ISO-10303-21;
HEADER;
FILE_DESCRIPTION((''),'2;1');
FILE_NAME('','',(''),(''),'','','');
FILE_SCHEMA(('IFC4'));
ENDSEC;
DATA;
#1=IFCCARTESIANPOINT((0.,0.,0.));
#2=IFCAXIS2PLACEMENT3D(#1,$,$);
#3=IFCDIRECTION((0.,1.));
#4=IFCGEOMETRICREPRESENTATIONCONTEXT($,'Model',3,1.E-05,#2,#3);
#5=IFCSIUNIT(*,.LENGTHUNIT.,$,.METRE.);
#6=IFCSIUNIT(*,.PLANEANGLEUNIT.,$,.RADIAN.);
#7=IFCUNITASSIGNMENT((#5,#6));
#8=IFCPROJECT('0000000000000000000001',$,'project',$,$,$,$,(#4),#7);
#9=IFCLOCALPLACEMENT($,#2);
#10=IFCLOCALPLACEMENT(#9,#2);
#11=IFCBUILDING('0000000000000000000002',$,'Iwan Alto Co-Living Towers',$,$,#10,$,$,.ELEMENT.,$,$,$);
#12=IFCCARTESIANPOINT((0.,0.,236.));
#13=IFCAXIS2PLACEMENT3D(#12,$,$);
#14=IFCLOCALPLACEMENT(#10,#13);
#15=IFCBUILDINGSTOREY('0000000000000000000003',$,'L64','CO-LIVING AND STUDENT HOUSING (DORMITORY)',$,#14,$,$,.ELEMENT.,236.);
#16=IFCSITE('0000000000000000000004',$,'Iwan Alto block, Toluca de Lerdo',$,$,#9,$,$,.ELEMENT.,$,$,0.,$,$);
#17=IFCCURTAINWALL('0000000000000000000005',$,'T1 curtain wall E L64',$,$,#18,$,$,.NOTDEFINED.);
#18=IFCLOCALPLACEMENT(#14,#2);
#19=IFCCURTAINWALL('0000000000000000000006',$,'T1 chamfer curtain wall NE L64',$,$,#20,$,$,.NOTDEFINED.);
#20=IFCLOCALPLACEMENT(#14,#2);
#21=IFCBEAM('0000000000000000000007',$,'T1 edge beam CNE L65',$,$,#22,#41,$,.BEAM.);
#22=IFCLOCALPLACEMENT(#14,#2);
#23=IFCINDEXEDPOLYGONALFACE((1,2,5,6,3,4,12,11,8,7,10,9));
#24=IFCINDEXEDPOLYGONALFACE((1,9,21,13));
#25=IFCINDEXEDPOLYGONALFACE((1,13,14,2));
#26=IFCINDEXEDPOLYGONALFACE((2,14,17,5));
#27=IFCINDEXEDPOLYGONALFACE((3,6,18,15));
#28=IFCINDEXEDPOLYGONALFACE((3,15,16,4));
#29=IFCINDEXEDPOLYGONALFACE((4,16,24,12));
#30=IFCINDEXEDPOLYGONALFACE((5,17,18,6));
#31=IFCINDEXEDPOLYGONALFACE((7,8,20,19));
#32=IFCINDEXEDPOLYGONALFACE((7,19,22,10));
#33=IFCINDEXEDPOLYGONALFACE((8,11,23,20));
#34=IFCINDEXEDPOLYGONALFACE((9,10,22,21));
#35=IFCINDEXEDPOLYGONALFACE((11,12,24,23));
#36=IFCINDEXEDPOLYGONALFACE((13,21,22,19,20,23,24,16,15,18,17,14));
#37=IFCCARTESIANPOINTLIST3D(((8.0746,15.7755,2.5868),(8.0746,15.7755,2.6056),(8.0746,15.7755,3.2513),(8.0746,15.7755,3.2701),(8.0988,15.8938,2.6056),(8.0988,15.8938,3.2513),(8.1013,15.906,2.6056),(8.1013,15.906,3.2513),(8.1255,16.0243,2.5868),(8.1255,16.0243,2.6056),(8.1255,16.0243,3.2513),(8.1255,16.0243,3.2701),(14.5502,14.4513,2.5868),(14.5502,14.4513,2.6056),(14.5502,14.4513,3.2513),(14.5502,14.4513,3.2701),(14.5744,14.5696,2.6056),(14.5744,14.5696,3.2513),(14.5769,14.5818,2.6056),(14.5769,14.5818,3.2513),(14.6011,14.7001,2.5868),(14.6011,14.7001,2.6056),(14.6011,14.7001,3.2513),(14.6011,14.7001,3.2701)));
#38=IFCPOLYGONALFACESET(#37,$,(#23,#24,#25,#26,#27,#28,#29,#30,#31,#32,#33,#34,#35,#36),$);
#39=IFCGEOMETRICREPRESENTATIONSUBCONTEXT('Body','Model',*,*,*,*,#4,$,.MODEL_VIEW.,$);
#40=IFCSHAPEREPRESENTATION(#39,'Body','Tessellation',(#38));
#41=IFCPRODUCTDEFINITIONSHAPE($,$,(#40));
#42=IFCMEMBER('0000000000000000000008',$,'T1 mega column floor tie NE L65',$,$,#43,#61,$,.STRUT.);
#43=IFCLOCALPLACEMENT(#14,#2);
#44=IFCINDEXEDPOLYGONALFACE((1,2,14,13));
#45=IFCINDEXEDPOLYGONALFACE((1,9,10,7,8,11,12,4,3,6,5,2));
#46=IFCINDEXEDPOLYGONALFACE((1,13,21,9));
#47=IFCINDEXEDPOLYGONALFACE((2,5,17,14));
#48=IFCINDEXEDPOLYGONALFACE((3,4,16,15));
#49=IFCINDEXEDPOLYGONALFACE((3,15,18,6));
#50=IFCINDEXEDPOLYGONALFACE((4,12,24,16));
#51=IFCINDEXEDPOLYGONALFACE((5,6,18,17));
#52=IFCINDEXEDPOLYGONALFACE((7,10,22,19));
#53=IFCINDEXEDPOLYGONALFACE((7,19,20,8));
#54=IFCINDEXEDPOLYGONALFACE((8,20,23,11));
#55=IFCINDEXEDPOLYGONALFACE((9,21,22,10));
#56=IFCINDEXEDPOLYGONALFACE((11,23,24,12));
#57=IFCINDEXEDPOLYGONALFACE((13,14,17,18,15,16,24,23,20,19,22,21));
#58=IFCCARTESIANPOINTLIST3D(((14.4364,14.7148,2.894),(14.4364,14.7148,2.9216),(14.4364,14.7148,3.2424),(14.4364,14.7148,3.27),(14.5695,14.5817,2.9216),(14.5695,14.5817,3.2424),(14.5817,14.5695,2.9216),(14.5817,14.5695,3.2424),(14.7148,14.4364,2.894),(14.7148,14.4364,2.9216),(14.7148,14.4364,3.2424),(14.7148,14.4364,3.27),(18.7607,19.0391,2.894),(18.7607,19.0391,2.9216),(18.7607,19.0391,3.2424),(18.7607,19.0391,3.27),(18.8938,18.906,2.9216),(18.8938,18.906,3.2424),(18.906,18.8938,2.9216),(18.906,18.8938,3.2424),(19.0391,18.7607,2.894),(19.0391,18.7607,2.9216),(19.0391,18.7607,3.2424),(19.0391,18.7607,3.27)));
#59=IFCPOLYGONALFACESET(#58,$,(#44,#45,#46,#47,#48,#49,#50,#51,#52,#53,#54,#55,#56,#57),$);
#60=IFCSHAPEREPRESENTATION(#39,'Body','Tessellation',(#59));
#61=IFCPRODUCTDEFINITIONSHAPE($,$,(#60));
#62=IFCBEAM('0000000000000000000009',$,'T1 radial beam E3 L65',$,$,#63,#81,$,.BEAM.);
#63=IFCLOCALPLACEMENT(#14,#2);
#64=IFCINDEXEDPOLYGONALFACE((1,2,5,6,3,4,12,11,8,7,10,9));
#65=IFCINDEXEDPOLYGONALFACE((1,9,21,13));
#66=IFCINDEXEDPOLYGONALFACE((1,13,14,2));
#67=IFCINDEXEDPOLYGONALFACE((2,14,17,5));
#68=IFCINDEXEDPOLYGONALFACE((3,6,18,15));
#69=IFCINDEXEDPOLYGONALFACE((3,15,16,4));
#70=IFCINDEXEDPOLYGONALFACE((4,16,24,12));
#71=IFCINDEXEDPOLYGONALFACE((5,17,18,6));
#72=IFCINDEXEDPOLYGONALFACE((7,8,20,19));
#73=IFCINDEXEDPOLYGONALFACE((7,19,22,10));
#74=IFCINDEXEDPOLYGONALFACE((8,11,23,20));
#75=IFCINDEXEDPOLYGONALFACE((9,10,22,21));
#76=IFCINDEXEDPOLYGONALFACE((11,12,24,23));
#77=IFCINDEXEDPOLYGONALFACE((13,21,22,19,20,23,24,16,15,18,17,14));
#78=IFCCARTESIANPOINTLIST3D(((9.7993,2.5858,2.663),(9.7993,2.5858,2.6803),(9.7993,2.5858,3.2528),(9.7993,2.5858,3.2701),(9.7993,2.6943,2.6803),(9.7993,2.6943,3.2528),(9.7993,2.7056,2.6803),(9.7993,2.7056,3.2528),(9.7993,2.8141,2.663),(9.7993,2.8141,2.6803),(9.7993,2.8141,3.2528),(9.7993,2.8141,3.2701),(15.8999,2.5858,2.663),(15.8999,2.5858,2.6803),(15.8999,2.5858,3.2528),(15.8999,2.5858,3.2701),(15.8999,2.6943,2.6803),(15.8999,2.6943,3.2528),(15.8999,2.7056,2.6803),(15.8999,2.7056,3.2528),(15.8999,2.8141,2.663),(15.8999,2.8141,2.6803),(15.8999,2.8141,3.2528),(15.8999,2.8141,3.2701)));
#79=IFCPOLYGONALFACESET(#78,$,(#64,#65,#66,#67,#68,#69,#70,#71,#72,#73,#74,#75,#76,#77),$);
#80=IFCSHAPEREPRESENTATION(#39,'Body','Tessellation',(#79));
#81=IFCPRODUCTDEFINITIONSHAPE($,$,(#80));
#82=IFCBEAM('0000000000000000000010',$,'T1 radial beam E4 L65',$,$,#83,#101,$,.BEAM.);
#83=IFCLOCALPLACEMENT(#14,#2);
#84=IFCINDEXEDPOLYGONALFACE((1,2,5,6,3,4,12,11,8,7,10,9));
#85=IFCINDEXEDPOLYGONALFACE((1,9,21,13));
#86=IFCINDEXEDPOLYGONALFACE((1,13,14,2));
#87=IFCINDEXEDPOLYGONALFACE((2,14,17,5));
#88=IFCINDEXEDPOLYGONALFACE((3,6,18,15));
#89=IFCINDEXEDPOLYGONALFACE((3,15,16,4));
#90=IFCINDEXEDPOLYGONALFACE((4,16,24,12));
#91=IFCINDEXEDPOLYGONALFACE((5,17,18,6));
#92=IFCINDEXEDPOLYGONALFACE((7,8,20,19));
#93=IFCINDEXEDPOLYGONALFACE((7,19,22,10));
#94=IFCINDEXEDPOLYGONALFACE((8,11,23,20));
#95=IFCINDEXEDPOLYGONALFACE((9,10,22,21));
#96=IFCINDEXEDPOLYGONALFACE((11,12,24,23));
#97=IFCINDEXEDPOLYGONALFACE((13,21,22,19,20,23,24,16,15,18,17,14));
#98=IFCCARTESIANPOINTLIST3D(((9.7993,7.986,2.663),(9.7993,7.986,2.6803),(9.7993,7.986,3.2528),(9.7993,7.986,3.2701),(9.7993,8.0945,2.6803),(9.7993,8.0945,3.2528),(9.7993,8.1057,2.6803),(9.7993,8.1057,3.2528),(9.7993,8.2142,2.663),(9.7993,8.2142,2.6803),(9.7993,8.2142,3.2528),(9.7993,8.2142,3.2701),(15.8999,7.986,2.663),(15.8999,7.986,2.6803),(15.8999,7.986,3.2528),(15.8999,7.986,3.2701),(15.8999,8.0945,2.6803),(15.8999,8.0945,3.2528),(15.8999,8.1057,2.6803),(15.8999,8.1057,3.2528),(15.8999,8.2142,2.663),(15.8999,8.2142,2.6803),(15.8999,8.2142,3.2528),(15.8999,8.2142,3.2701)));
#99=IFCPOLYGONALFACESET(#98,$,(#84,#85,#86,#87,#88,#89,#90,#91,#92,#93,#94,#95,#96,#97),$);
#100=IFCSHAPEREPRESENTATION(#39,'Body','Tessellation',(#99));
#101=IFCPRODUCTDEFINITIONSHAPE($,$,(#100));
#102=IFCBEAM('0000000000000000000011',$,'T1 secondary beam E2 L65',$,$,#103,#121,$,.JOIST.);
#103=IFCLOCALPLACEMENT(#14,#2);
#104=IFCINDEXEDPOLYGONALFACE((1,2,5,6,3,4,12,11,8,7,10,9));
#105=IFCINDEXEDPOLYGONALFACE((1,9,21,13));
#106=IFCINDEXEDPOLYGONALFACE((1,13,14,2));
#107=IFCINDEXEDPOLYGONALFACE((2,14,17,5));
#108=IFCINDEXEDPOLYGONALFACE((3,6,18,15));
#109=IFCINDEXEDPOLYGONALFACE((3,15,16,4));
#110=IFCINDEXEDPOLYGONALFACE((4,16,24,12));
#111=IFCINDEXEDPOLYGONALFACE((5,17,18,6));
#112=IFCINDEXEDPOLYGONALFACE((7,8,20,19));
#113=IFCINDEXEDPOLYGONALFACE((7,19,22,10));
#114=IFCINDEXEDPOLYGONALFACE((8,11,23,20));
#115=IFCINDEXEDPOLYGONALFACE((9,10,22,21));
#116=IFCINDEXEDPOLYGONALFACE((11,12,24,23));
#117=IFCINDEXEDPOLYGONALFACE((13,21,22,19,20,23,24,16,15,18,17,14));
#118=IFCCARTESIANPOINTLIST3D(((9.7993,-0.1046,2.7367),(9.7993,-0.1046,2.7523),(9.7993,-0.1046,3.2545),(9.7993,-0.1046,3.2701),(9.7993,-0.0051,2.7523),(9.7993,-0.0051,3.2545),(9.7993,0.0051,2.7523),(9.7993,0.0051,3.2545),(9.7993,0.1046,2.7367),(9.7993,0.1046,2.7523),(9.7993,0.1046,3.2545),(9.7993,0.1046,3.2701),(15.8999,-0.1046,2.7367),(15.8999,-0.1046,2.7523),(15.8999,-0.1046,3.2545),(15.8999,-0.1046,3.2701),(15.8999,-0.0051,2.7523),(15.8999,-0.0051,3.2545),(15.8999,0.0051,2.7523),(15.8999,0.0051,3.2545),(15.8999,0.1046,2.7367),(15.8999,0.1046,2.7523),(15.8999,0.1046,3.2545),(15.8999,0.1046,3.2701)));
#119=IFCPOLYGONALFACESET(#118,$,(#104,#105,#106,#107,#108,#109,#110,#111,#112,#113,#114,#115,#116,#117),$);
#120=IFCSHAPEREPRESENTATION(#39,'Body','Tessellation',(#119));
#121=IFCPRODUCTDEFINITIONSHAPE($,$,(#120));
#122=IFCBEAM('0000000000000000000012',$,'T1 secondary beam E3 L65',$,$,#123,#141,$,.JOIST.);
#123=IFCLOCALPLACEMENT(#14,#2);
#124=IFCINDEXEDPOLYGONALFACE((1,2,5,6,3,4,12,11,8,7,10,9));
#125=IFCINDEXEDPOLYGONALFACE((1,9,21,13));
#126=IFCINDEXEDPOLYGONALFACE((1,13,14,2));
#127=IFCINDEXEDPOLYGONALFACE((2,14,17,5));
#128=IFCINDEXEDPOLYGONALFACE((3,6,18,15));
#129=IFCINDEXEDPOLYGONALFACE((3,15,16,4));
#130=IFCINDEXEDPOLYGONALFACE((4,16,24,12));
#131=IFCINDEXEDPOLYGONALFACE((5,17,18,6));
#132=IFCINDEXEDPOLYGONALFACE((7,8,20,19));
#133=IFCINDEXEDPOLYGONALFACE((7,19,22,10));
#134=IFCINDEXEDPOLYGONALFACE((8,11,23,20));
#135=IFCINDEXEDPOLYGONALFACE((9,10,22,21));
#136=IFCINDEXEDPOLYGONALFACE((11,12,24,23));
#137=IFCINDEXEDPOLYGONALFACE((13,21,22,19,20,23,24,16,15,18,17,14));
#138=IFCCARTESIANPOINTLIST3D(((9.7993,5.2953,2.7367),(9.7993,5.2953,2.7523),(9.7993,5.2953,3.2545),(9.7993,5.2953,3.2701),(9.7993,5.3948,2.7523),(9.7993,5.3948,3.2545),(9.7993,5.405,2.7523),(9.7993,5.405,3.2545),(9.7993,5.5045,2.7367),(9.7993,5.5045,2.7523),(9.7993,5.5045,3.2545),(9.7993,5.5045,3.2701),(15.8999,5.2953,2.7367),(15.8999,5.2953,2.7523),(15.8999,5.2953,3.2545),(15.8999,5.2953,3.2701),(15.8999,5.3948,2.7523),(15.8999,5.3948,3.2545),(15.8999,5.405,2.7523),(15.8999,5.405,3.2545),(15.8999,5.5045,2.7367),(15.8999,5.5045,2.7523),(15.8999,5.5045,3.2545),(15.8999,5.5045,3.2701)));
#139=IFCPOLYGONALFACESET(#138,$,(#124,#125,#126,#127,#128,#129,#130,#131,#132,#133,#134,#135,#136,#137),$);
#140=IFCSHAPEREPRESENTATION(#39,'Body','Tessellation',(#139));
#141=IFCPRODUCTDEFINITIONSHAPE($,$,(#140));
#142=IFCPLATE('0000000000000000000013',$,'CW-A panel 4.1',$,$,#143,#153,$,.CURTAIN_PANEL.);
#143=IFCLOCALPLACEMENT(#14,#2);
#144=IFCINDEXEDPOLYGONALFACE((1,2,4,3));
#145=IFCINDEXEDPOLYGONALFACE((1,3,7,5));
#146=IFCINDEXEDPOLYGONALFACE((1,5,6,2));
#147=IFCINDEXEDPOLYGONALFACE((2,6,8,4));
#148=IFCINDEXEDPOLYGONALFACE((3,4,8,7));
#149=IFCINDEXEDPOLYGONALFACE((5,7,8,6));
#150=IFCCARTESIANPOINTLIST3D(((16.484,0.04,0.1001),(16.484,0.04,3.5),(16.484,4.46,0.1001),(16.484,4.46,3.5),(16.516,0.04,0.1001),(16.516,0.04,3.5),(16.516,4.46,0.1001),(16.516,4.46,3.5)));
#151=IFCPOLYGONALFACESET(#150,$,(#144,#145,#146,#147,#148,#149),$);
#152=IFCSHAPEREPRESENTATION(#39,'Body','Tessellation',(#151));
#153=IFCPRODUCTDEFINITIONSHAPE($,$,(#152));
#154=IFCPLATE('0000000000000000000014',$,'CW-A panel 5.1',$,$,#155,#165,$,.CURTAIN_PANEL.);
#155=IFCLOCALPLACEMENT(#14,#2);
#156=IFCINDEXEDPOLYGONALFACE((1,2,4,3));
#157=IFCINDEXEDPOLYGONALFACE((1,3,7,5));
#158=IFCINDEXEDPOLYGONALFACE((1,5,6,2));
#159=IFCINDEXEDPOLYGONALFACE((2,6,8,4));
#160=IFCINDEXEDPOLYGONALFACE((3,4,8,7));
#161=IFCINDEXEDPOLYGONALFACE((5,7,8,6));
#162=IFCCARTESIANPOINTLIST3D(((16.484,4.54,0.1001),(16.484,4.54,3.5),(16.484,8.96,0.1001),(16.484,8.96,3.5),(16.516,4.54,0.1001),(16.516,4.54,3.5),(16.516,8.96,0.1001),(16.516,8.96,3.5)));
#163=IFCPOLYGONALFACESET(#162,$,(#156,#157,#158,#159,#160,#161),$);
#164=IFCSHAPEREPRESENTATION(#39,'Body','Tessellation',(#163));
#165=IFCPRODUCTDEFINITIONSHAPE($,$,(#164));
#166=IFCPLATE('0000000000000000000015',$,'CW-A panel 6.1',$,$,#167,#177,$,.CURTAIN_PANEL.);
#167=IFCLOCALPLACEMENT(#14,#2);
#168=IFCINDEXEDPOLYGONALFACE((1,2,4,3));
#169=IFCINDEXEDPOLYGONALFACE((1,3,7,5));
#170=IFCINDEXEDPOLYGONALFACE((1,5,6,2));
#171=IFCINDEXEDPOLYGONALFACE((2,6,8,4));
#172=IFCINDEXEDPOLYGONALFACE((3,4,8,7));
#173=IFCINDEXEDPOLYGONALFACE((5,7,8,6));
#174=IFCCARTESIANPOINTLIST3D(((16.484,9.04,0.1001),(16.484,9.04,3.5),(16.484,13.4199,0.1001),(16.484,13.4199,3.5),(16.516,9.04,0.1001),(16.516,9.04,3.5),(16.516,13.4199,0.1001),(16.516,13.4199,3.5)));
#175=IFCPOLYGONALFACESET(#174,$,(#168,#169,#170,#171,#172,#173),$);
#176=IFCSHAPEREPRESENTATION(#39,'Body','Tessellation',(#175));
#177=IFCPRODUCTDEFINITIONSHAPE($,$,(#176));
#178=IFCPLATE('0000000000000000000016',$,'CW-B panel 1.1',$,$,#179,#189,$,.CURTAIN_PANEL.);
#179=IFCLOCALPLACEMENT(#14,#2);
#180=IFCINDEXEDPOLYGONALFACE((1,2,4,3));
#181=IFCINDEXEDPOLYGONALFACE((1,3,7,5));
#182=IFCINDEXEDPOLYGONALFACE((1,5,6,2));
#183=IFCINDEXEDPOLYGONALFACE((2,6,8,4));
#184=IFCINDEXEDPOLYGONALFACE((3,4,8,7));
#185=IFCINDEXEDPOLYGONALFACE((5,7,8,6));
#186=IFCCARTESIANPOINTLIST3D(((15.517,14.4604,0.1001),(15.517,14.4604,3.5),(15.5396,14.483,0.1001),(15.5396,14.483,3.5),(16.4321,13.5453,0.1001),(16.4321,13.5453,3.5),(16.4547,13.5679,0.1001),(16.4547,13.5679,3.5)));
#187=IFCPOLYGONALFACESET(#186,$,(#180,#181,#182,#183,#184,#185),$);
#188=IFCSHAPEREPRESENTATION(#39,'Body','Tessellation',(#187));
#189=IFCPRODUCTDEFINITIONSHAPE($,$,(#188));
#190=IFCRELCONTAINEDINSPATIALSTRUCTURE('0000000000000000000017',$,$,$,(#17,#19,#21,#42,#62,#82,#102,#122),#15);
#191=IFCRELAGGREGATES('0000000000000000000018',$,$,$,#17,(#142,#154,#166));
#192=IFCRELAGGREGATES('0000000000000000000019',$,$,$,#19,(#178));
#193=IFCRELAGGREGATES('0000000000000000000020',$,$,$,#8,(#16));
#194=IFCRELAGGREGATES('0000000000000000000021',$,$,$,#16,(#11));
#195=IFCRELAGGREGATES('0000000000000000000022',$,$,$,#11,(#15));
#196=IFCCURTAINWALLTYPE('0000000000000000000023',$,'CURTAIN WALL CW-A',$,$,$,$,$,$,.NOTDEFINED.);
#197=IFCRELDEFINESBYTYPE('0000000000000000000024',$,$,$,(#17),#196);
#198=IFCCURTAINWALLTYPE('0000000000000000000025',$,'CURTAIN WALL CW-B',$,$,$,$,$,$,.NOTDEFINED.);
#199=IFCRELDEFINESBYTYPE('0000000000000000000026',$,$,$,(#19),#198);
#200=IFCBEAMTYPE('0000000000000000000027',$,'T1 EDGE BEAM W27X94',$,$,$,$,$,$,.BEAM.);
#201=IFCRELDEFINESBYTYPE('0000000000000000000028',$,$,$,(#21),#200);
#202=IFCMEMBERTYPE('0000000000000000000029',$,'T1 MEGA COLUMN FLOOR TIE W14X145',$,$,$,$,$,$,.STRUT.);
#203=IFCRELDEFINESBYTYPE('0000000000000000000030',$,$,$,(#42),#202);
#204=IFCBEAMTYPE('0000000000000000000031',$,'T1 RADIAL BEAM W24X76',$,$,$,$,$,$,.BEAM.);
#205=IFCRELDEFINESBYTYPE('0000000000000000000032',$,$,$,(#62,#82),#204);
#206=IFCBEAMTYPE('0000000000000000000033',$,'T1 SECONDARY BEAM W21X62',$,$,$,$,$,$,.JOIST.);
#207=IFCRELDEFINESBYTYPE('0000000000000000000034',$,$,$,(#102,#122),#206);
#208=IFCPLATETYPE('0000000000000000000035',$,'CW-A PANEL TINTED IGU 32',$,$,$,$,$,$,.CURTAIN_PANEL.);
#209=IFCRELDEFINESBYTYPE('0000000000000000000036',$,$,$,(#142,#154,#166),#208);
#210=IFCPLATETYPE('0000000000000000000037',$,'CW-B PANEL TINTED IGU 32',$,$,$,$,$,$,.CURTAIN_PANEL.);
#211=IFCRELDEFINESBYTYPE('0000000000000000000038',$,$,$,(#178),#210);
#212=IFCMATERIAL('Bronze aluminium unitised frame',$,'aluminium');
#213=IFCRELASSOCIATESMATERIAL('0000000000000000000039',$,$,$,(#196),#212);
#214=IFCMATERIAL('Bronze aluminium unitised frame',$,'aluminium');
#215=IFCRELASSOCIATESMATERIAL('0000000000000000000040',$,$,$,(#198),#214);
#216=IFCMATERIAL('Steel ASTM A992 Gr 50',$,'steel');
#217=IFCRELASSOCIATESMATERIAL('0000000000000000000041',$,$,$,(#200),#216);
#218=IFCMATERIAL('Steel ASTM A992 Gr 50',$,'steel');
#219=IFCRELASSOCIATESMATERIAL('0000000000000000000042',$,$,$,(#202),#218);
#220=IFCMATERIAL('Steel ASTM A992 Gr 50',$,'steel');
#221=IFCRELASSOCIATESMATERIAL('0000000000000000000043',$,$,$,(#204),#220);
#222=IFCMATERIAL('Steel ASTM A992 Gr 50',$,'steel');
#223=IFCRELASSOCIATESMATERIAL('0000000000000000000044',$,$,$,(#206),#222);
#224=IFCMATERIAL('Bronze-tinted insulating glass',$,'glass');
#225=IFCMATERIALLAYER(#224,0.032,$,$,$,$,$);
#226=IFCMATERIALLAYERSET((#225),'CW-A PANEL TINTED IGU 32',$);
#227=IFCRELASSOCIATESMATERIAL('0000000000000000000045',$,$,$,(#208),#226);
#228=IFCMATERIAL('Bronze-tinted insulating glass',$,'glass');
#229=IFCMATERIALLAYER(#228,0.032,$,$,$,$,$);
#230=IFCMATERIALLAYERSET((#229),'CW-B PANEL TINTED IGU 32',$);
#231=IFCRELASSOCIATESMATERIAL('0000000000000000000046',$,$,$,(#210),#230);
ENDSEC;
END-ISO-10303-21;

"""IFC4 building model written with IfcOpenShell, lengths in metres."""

from ifc_helpers import new_model, si_unit, direction, frame, origin, origin_2d, place, context, subcontext, project, spatial, rectangle, i_section, extrude, material, layer, layer_set, material_profile, profile_set, type_object, element, aggregate, save


model = new_model("IFC4")

# Units and contexts
model_context = context("Model", 3, precision=1e-05, world=origin(), true_north=direction((0.0, 1.0)))
body_context = subcontext(model_context, "Body", "Model", "MODEL_VIEW")
ifc_project = project(units=[si_unit("LENGTHUNIT", "METRE"), si_unit("PLANEANGLEUNIT", "RADIAN")], contexts=[model_context])

# Site, building, storey
site_placement = place(None, origin())
site = spatial("IfcSite", under=ifc_project, at=site_placement, Name="Iwan Alto block, Toluca de Lerdo", CompositionType="ELEMENT", RefElevation=0.0)
building_placement = place(site_placement, origin())
building = spatial("IfcBuilding", under=site, at=building_placement, Name="Iwan Alto Co-Living Towers", CompositionType="ELEMENT")
storey_placement = place(building_placement, frame((0.0, 0.0, 236.0)))
storey = spatial("IfcBuildingStorey", under=building, at=storey_placement, Name="L64", Description="CO-LIVING AND STUDENT HOUSING (DORMITORY)", CompositionType="ELEMENT", Elevation=236.0)

# Curtain wall
ifc_material_1 = material(Name="Bronze aluminium unitised frame", Category="aluminium")
curtain_wall_type_1 = type_object("IfcCurtainWallType", Name="CURTAIN WALL CW-A", PredefinedType="NOTDEFINED", material=ifc_material_1)
curtain_wall_1_placement = place(storey_placement, origin())
curtain_wall_1 = element("IfcCurtainWall", 1, at=curtain_wall_1_placement, inside=storey, type_object=curtain_wall_type_1, Name="T1 curtain wall E L64", PredefinedType="NOTDEFINED")

# Curtain wall
ifc_material_2 = material(Name="Bronze aluminium unitised frame", Category="aluminium")
curtain_wall_type_2 = type_object("IfcCurtainWallType", Name="CURTAIN WALL CW-B", PredefinedType="NOTDEFINED", material=ifc_material_2)
curtain_wall_2_placement = place(storey_placement, origin())
curtain_wall_2 = element("IfcCurtainWall", 2, at=curtain_wall_2_placement, inside=storey, type_object=curtain_wall_type_2, Name="T1 chamfer curtain wall NE L64", PredefinedType="NOTDEFINED")

# Beam
ifc_material_3 = material(Name="Steel ASTM A992 Gr 50", Category="steel")
ifc_material_profile_1 = material_profile(ifc_material_3, i_section(OverallWidth=0.2539, OverallDepth=0.6833, WebThickness=0.0125, FlangeThickness=0.0188, at=origin_2d()), Name="W27X94")
ifc_profile_set_1 = profile_set([ifc_material_profile_1], Name="Steel ASTM A992 Gr 50")
beam_type_1 = type_object("IfcBeamType", Name="T1 EDGE BEAM W27X94", PredefinedType="BEAM", material=ifc_profile_set_1)
for number, where, z_axis, x_axis, name in (
    (3, (14.5757, 14.5757, 2.9285), (-0.979725, 0.200348, 0.0), (-0.200348, -0.979725, 0.0), "T1 edge beam CNE L65"),
):
    element("IfcBeam", number, at=place(storey_placement, frame(where, z_axis=z_axis, x_axis=x_axis)), inside=storey, type_object=beam_type_1, Name=name, PredefinedType="BEAM", context=body_context, shape_type="SweptSolid", body=[
        extrude(i_section(OverallWidth=0.2539, OverallDepth=0.6833, WebThickness=0.0125, FlangeThickness=0.0188, at=origin_2d()), origin(), (0.0, 0.0, 1.0), 6.6096),
    ])

# Member
ifc_material_4 = material(Name="Steel ASTM A992 Gr 50", Category="steel")
ifc_material_profile_2 = material_profile(ifc_material_4, i_section(OverallWidth=0.3938, OverallDepth=0.376, WebThickness=0.0173, FlangeThickness=0.0276, at=origin_2d()), Name="W14X145")
ifc_profile_set_2 = profile_set([ifc_material_profile_2], Name="Steel ASTM A992 Gr 50")
member_type_1 = type_object("IfcMemberType", Name="T1 MEGA COLUMN FLOOR TIE W14X145", PredefinedType="STRUT", material=ifc_profile_set_2)
member_1_placement = place(storey_placement, frame((18.8999, 18.8999, 3.082), z_axis=(-0.707107, -0.707107, 0.0), x_axis=(0.707107, -0.707107, 0.0)))
element("IfcMember", 4, at=member_1_placement, inside=storey, type_object=member_type_1, Name="T1 mega column floor tie NE L65", PredefinedType="STRUT", context=body_context, shape_type="SweptSolid", body=[
    extrude(i_section(OverallWidth=0.3938, OverallDepth=0.376, WebThickness=0.0173, FlangeThickness=0.0276, at=origin_2d()), origin(), (0.0, 0.0, 1.0), 6.1155),
])

# Beams
ifc_material_5 = material(Name="Steel ASTM A992 Gr 50", Category="steel")
ifc_material_profile_3 = material_profile(ifc_material_5, i_section(OverallWidth=0.2283, OverallDepth=0.6072, WebThickness=0.0112, FlangeThickness=0.0173, at=origin_2d()), Name="W24X76")
ifc_profile_set_3 = profile_set([ifc_material_profile_3], Name="Steel ASTM A992 Gr 50")
beam_type_2 = type_object("IfcBeamType", Name="T1 RADIAL BEAM W24X76", PredefinedType="BEAM", material=ifc_profile_set_3)
for number, where, z_axis, x_axis, name in (
    (5, (15.8999, 2.7, 2.9666), (-1.0, 0.0, 0.0), (0.0, -1.0, 0.0), "T1 radial beam E3 L65"),
    (6, (15.8999, 8.1001, 2.9666), (-1.0, 0.0, 0.0), (0.0, -1.0, 0.0), "T1 radial beam E4 L65"),
):
    element("IfcBeam", number, at=place(storey_placement, frame(where, z_axis=z_axis, x_axis=x_axis)), inside=storey, type_object=beam_type_2, Name=name, PredefinedType="BEAM", context=body_context, shape_type="SweptSolid", body=[
        extrude(i_section(OverallWidth=0.2283, OverallDepth=0.6072, WebThickness=0.0112, FlangeThickness=0.0173, at=origin_2d()), origin(), (0.0, 0.0, 1.0), 6.1006),
    ])
ifc_material_6 = material(Name="Steel ASTM A992 Gr 50", Category="steel")
ifc_material_profile_4 = material_profile(ifc_material_6, i_section(OverallWidth=0.2092, OverallDepth=0.5334, WebThickness=0.0103, FlangeThickness=0.0156, at=origin_2d()), Name="W21X62")
ifc_profile_set_4 = profile_set([ifc_material_profile_4], Name="Steel ASTM A992 Gr 50")
beam_type_3 = type_object("IfcBeamType", Name="T1 SECONDARY BEAM W21X62", PredefinedType="JOIST", material=ifc_profile_set_4)
for number, where, z_axis, x_axis, name in (
    (7, (15.8999, 0.0, 3.0034), (-1.0, 0.0, 0.0), (0.0, -1.0, 0.0), "T1 secondary beam E2 L65"),
    (8, (15.8999, 5.3999, 3.0034), (-1.0, 0.0, 0.0), (0.0, -1.0, 0.0), "T1 secondary beam E3 L65"),
):
    element("IfcBeam", number, at=place(storey_placement, frame(where, z_axis=z_axis, x_axis=x_axis)), inside=storey, type_object=beam_type_3, Name=name, PredefinedType="JOIST", context=body_context, shape_type="SweptSolid", body=[
        extrude(i_section(OverallWidth=0.2092, OverallDepth=0.5334, WebThickness=0.0103, FlangeThickness=0.0156, at=origin_2d()), origin(), (0.0, 0.0, 1.0), 6.1006),
    ])

# Plates
ifc_material_7 = material(Name="Bronze-tinted insulating glass", Category="glass")
ifc_layer_1 = layer(ifc_material_7, 0.032)
ifc_layer_set_1 = layer_set([ifc_layer_1], Name="CW-A PANEL TINTED IGU 32")
plate_type_1 = type_object("IfcPlateType", Name="CW-A PANEL TINTED IGU 32", PredefinedType="CURTAIN_PANEL", material=ifc_layer_set_1)
plate_1_placement = place(storey_placement, frame((16.5, 2.25, 0.1001), z_axis=(0.0, 0.0, 1.0), x_axis=(0.0, 1.0, 0.0)))
plate_1 = element("IfcPlate", 9, at=plate_1_placement, type_object=plate_type_1, Name="CW-A panel 4.1", PredefinedType="CURTAIN_PANEL", context=body_context, shape_type="SweptSolid", body=[
    extrude(rectangle(XDim=4.4199, YDim=0.032, at=origin_2d()), origin(), (0.0, 0.0, 1.0), 3.3999),
])
plate_2_placement = place(storey_placement, frame((16.5, 6.75, 0.1001), z_axis=(0.0, 0.0, 1.0), x_axis=(0.0, 1.0, 0.0)))
plate_2 = element("IfcPlate", 10, at=plate_2_placement, type_object=plate_type_1, Name="CW-A panel 5.1", PredefinedType="CURTAIN_PANEL", context=body_context, shape_type="SweptSolid", body=[
    extrude(rectangle(XDim=4.4199, YDim=0.032, at=origin_2d()), origin(), (0.0, 0.0, 1.0), 3.3999),
])
plate_3_placement = place(storey_placement, frame((16.5, 11.23, 0.1001), z_axis=(0.0, 0.0, 1.0), x_axis=(0.0, 1.0, 0.0)))
plate_3 = element("IfcPlate", 11, at=plate_3_placement, type_object=plate_type_1, Name="CW-A panel 6.1", PredefinedType="CURTAIN_PANEL", context=body_context, shape_type="SweptSolid", body=[
    extrude(rectangle(XDim=4.3799, YDim=0.032, at=origin_2d()), origin(), (0.0, 0.0, 1.0), 3.3999),
])
aggregate(curtain_wall_1, [plate_1, plate_2, plate_3])
ifc_material_8 = material(Name="Bronze-tinted insulating glass", Category="glass")
ifc_layer_2 = layer(ifc_material_8, 0.032)
ifc_layer_set_2 = layer_set([ifc_layer_2], Name="CW-B PANEL TINTED IGU 32")
plate_type_2 = type_object("IfcPlateType", Name="CW-B PANEL TINTED IGU 32", PredefinedType="CURTAIN_PANEL", material=ifc_layer_set_2)
plate_4_placement = place(storey_placement, frame((15.9858, 14.0142, 0.1001), z_axis=(0.0, 0.0, 1.0), x_axis=(-0.707107, 0.707107, 0.0)))
plate_4 = element("IfcPlate", 12, at=plate_4_placement, type_object=plate_type_2, Name="CW-B panel 1.1", PredefinedType="CURTAIN_PANEL", context=body_context, shape_type="SweptSolid", body=[
    extrude(rectangle(XDim=1.2942, YDim=0.032, at=origin_2d()), origin(), (0.0, 0.0, 1.0), 3.3999),
])
aggregate(curtain_wall_2, [plate_4])

save(model, "model.ifc")
